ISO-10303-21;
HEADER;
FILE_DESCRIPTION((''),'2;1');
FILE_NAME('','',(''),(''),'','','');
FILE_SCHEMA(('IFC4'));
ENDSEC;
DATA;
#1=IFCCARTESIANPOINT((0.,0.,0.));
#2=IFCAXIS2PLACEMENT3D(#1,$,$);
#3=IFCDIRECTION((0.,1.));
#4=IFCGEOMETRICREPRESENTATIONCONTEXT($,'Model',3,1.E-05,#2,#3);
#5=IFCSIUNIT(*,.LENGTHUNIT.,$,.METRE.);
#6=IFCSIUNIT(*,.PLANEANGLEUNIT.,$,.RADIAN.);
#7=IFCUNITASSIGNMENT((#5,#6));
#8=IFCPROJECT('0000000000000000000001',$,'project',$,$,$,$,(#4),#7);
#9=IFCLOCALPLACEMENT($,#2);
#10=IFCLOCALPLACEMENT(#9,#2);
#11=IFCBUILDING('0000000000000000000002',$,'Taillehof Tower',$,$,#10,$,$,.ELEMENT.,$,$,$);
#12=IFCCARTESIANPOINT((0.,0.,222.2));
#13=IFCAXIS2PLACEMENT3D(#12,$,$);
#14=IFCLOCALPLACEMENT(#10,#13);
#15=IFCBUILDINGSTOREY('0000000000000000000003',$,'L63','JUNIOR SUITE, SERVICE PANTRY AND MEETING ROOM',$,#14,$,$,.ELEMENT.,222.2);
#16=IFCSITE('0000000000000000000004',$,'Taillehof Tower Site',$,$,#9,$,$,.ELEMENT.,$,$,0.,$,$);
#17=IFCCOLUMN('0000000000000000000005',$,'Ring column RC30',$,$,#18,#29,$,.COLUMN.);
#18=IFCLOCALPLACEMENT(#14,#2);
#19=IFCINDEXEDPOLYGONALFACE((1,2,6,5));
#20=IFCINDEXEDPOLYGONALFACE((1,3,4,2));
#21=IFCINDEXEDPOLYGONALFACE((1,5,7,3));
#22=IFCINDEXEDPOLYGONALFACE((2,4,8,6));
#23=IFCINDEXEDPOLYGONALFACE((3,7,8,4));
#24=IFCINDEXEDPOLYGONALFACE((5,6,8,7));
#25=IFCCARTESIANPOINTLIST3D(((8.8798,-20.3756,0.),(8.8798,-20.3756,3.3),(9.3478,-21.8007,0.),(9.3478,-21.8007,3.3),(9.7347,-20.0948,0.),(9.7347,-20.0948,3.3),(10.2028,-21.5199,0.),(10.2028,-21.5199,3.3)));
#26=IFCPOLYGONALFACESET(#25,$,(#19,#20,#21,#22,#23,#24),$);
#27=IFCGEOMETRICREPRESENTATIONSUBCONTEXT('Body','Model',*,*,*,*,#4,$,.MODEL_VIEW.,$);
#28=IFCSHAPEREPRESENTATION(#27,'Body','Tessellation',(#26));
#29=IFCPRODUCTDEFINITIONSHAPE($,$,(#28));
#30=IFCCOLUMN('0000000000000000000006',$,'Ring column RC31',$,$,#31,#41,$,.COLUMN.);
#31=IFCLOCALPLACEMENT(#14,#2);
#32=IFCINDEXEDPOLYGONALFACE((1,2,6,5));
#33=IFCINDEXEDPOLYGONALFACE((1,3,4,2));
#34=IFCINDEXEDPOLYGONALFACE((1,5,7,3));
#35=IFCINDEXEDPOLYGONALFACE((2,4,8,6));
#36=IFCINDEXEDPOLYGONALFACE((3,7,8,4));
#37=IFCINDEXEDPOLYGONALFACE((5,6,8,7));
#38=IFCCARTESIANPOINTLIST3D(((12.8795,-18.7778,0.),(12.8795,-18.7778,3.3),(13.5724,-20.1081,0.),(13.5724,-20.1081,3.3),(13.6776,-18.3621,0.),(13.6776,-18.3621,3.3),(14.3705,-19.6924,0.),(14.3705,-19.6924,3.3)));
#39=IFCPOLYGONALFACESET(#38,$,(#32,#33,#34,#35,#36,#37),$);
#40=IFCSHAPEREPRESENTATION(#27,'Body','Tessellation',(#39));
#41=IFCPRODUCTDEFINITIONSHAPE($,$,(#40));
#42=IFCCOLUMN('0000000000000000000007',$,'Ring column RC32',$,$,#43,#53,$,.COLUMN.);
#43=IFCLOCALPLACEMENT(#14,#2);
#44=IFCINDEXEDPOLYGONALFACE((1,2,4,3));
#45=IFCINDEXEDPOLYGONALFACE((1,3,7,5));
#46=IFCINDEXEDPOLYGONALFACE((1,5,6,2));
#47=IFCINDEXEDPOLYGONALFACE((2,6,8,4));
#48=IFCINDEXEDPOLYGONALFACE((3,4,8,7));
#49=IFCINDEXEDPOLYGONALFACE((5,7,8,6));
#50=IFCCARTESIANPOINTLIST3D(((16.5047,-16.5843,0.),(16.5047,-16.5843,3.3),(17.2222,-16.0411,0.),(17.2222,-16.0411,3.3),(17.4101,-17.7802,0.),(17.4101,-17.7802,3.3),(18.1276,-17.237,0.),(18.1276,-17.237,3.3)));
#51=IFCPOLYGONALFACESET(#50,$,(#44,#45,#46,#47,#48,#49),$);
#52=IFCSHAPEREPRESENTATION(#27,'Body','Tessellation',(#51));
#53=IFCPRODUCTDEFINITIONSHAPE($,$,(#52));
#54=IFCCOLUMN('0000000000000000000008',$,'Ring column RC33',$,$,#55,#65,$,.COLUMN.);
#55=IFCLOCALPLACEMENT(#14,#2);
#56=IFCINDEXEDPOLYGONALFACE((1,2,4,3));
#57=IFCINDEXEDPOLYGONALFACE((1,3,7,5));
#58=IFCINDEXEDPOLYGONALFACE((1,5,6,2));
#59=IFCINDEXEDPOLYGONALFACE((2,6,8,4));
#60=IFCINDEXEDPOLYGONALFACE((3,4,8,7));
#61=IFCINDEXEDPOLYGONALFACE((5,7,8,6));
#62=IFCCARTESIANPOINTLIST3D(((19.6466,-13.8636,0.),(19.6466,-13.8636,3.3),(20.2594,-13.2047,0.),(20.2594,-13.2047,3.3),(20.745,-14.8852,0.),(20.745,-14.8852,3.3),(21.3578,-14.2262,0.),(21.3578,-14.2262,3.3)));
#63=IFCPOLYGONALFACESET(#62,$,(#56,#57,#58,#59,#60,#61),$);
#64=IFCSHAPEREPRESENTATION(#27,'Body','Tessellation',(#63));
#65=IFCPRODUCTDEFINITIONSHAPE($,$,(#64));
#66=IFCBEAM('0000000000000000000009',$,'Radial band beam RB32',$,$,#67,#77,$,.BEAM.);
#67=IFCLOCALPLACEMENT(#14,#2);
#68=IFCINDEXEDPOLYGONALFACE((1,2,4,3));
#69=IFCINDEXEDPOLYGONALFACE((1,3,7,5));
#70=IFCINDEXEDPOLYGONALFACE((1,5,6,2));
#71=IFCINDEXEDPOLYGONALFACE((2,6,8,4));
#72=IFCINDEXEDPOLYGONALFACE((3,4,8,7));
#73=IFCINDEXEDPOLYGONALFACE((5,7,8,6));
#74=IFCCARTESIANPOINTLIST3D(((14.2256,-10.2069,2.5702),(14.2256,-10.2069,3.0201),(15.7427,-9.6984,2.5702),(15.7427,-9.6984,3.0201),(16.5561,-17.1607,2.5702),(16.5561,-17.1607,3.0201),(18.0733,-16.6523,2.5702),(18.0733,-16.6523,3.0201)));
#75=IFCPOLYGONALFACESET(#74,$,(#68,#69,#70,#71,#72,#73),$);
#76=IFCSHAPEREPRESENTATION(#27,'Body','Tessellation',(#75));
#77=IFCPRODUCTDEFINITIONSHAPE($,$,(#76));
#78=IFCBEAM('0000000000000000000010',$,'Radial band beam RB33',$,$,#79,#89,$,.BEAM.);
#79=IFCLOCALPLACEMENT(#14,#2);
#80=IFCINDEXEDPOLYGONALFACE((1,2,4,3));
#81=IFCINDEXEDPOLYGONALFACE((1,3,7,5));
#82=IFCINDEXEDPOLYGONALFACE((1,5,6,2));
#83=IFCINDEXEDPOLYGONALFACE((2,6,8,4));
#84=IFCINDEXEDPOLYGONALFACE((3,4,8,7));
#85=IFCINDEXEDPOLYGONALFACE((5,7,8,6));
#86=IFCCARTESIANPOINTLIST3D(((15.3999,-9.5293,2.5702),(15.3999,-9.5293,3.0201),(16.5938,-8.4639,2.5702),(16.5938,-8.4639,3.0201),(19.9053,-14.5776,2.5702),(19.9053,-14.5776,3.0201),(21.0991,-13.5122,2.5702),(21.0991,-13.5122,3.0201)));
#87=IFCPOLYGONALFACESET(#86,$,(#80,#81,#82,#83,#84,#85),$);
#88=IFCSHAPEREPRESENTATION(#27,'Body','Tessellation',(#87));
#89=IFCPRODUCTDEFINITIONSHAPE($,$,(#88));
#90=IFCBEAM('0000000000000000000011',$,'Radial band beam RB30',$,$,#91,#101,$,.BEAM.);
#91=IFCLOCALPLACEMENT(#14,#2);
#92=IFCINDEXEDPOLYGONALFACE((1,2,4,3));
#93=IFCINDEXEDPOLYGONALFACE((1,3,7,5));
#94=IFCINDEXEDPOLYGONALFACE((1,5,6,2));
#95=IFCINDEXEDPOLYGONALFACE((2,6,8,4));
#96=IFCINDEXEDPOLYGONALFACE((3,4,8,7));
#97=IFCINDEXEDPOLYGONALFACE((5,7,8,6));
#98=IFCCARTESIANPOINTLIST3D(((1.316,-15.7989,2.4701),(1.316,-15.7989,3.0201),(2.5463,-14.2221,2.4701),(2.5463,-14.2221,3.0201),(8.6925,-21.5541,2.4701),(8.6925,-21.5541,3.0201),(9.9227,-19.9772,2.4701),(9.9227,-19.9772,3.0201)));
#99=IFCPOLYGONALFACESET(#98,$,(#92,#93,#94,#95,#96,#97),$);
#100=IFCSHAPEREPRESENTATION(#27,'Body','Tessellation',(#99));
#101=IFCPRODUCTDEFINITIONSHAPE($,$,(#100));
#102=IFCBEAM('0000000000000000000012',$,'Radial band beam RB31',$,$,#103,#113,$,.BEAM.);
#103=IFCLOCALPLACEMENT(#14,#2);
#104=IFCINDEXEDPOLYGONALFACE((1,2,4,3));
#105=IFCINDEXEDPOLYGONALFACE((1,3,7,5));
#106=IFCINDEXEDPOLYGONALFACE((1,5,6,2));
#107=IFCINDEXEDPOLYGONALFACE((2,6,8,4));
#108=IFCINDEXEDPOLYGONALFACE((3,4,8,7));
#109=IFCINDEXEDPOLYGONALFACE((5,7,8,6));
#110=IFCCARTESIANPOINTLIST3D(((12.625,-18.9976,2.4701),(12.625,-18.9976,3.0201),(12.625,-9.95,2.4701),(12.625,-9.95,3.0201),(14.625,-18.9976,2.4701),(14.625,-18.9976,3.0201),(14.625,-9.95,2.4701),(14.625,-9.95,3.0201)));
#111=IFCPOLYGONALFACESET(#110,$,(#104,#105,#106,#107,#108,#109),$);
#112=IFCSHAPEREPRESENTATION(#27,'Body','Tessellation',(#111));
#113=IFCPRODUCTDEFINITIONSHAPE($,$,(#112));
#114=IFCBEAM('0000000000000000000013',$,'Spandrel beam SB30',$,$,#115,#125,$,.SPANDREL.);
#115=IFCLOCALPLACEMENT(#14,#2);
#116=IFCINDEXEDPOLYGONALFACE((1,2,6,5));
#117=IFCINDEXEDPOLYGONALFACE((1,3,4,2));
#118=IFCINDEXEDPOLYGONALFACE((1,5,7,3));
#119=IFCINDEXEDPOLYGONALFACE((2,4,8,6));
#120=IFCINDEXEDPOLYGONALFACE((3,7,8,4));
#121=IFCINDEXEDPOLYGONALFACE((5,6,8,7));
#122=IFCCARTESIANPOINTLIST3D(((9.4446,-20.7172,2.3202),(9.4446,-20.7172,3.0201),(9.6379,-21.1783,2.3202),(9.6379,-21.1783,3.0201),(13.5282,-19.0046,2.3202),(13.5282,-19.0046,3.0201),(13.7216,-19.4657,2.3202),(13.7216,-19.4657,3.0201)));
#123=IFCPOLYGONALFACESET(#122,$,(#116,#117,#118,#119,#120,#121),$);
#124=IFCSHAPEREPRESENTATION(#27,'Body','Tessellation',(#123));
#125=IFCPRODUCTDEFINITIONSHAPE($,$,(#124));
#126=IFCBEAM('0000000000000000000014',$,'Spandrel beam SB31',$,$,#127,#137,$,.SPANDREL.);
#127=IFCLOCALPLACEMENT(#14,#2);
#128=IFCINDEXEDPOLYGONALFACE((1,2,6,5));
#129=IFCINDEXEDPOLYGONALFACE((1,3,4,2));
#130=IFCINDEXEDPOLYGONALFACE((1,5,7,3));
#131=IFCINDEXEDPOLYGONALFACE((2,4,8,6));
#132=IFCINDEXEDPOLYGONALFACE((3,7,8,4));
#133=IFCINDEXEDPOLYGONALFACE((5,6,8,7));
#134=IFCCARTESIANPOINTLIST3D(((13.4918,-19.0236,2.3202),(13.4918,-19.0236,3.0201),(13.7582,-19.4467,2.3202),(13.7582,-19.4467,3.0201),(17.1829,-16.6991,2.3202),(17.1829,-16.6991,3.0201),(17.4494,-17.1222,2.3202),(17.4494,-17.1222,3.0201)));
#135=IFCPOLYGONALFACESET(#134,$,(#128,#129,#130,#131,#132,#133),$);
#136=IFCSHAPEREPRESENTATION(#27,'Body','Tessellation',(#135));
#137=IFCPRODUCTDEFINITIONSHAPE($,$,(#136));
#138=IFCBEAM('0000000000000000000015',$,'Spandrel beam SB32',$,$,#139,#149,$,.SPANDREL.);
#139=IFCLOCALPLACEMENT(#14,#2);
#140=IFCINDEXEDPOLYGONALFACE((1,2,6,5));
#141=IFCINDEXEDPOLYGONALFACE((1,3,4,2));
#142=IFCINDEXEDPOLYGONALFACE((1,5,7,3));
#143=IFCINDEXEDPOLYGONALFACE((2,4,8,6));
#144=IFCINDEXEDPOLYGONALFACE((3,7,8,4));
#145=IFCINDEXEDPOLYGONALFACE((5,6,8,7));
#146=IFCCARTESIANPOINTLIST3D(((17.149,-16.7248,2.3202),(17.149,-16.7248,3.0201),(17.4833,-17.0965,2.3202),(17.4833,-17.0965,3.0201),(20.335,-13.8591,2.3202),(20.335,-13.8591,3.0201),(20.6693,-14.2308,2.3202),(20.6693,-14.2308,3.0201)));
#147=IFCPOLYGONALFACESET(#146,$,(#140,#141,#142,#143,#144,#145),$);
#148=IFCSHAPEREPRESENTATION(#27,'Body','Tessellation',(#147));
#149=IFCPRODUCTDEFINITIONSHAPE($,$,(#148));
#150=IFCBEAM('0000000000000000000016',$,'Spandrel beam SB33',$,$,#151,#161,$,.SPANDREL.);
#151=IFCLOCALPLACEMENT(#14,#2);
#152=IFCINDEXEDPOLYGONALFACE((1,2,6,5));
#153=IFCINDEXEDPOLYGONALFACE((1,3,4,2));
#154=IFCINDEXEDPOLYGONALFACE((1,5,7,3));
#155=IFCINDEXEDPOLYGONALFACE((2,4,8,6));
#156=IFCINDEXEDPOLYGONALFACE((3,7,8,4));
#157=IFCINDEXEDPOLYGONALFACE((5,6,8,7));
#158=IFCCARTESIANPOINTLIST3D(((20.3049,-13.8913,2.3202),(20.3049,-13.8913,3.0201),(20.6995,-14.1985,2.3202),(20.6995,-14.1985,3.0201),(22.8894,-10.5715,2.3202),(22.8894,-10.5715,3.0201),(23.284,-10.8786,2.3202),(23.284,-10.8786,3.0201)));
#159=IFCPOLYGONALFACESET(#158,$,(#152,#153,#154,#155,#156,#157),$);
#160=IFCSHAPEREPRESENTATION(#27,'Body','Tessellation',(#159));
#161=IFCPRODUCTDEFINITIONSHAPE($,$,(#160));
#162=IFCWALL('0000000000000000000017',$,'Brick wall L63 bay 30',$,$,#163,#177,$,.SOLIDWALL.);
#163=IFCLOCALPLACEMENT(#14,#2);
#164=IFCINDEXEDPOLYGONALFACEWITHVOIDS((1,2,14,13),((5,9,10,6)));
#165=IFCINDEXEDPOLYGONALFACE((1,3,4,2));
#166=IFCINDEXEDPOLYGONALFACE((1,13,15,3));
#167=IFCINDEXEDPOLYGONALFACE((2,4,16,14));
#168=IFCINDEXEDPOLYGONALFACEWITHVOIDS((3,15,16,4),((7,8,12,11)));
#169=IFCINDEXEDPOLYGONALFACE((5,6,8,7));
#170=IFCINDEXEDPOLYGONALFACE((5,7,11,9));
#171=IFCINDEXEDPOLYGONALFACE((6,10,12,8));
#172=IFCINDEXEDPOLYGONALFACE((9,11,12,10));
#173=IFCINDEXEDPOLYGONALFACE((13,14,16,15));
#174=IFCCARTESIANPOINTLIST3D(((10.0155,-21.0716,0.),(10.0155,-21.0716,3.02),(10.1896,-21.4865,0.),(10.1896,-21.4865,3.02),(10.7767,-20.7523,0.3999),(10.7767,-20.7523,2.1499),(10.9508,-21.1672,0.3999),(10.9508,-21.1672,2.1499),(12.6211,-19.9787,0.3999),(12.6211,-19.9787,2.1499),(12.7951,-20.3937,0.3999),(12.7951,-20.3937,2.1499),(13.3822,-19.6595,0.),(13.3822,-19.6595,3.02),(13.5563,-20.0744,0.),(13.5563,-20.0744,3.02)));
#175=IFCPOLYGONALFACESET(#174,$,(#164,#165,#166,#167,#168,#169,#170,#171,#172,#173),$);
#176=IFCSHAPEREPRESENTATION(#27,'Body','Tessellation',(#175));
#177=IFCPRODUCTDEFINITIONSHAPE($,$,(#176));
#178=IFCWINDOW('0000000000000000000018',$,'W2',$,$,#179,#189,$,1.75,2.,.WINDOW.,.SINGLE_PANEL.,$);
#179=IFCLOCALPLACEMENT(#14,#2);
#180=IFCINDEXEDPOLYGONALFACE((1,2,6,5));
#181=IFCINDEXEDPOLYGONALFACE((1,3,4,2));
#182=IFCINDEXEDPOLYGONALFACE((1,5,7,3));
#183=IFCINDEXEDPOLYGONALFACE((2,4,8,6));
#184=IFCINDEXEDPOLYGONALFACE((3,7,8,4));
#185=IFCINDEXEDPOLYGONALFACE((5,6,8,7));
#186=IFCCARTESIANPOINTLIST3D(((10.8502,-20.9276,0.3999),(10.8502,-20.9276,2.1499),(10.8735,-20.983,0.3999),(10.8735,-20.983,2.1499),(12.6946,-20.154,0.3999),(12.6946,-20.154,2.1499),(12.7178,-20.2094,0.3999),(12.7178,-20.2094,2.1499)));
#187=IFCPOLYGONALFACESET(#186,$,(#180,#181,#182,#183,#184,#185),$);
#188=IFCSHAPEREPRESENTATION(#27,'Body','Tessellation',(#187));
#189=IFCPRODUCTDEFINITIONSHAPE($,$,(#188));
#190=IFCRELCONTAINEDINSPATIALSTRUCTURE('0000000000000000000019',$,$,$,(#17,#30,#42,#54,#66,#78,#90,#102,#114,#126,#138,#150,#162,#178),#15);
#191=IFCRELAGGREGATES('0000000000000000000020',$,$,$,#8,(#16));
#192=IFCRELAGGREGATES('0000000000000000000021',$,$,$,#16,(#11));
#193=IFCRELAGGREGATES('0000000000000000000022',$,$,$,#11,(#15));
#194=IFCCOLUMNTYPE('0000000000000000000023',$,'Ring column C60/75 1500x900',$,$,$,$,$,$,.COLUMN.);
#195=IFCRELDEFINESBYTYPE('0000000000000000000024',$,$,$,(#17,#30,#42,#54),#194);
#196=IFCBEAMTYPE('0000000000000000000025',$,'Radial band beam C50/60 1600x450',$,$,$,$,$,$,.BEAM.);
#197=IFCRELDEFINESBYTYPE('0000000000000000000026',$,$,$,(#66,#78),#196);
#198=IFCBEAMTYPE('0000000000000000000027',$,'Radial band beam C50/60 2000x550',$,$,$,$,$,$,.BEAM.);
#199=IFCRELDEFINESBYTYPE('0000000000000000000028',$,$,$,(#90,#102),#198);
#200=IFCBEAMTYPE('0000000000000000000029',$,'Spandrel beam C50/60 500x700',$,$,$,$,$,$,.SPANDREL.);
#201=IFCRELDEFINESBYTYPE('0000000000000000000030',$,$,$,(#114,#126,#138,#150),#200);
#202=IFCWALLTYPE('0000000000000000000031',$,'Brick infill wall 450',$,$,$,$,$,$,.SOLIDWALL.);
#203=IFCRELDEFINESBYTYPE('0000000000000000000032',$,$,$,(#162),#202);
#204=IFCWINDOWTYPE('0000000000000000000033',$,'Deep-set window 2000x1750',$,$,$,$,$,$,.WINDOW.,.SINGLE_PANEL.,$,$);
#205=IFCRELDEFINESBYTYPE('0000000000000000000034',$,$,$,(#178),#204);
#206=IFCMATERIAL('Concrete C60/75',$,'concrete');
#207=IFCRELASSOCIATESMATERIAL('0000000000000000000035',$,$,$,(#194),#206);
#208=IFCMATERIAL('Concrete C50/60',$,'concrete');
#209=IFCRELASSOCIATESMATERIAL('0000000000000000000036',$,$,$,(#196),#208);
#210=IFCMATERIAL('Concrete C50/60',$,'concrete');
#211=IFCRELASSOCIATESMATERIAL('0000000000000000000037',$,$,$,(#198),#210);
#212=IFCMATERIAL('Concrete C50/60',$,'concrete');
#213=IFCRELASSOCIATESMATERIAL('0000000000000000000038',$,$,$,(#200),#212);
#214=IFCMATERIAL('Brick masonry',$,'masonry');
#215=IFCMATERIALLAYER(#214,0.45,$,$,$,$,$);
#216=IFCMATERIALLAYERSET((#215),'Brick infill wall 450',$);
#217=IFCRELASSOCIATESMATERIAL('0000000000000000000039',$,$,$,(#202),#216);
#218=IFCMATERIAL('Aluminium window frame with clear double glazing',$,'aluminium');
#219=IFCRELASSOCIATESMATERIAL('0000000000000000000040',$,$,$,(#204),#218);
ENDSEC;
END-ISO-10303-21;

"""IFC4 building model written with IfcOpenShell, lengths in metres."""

from ifc_helpers import new_model, si_unit, direction, frame, frame_2d, origin, origin_2d, place, context, subcontext, project, spatial, rectangle, extrude, material, layer, layer_set, material_profile, profile_set, type_object, element, fill, save


model = new_model("IFC4")

# Units and contexts
model_context = context("Model", 3, precision=1e-05, world=origin(), true_north=direction((0.0, 1.0)))
body_context = subcontext(model_context, "Body", "Model", "MODEL_VIEW")
ifc_project = project(units=[si_unit("LENGTHUNIT", "METRE"), si_unit("PLANEANGLEUNIT", "RADIAN")], contexts=[model_context])

# Site, building, storey
site_placement = place(None, origin())
site = spatial("IfcSite", under=ifc_project, at=site_placement, Name="Taillehof Tower Site", CompositionType="ELEMENT", RefElevation=0.0)
building_placement = place(site_placement, origin())
building = spatial("IfcBuilding", under=site, at=building_placement, Name="Taillehof Tower", CompositionType="ELEMENT")
storey_placement = place(building_placement, frame((0.0, 0.0, 222.2)))
storey = spatial("IfcBuildingStorey", under=building, at=storey_placement, Name="L63", Description="JUNIOR SUITE, SERVICE PANTRY AND MEETING ROOM", CompositionType="ELEMENT", Elevation=222.2)

# Columns
ifc_material_1 = material(Name="Concrete C60/75", Category="concrete")
ifc_material_profile_1 = material_profile(ifc_material_1, rectangle(XDim=1.5, YDim=0.8999, at=origin_2d()), Name="RC 1500x900")
ifc_profile_set_1 = profile_set([ifc_material_profile_1], Name="Concrete C60/75")
column_type = type_object("IfcColumnType", Name="Ring column C60/75 1500x900", PredefinedType="COLUMN", material=ifc_profile_set_1)
for number, where, z_axis, x_axis, name in (
    (1, (9.5413, -20.9478, 0.0), (0.0, 0.0, 1.0), (0.312001, -0.950082, 0.0), "Ring column RC30"),
    (2, (13.625, -19.2351, 0.0), (0.0, 0.0, 1.0), (0.461993, -0.886883, 0.0), "Ring column RC31"),
    (3, (17.3162, -16.9106, 0.0), (0.0, 0.0, 1.0), (0.603608, -0.797281, 0.0), "Ring column RC32"),
    (4, (20.5022, -14.0449, 0.0), (0.0, 0.0, 1.0), (0.732271, -0.681013, 0.0), "Ring column RC33"),
):
    element("IfcColumn", number, at=place(storey_placement, frame(where, z_axis=z_axis, x_axis=x_axis)), inside=storey, type_object=column_type, Name=name, PredefinedType="COLUMN", context=body_context, shape_type="SweptSolid", body=[
        extrude(rectangle(XDim=1.5, YDim=0.8999, at=origin_2d()), origin(), (0.0, 0.0, 1.0), 3.3),
    ])

# Beams
ifc_material_2 = material(Name="Concrete C50/60", Category="concrete")
ifc_material_profile_2 = material_profile(ifc_material_2, rectangle(XDim=1.6001, YDim=0.45, at=origin_2d()), Name="RC 1600x450")
ifc_profile_set_2 = profile_set([ifc_material_profile_2], Name="Concrete C50/60")
beam_type_1 = type_object("IfcBeamType", Name="Radial band beam C50/60 1600x450", PredefinedType="BEAM", material=ifc_profile_set_2)
beam_1_placement = place(storey_placement, frame((17.3147, -16.9065, 2.7952), z_axis=(-0.317775, 0.948166, 0.0), x_axis=(-0.948166, -0.317775, 0.0)))
element("IfcBeam", 5, at=beam_1_placement, inside=storey, type_object=beam_type_1, Name="Radial band beam RB32", PredefinedType="BEAM", context=body_context, shape_type="SweptSolid", body=[
    extrude(rectangle(XDim=1.6001, YDim=0.45, at=origin_2d()), origin(), (0.0, 0.0, 1.0), 7.334),
])
beam_2_placement = place(storey_placement, frame((20.5022, -14.0449, 2.7952), z_axis=(-0.665845, 0.74609, 0.0), x_axis=(-0.74609, -0.665845, 0.0)))
element("IfcBeam", 6, at=beam_2_placement, inside=storey, type_object=beam_type_1, Name="Radial band beam RB33", PredefinedType="BEAM", context=body_context, shape_type="SweptSolid", body=[
    extrude(rectangle(XDim=1.6001, YDim=0.45, at=origin_2d()), origin(), (0.0, 0.0, 1.0), 6.7664),
])
ifc_material_3 = material(Name="Concrete C50/60", Category="concrete")
ifc_material_profile_3 = material_profile(ifc_material_3, rectangle(XDim=2.0, YDim=0.55, at=origin_2d()), Name="RC 2000x550")
ifc_profile_set_3 = profile_set([ifc_material_profile_3], Name="Concrete C50/60")
beam_type_2 = type_object("IfcBeamType", Name="Radial band beam C50/60 2000x550", PredefinedType="BEAM", material=ifc_profile_set_3)
beam_3_placement = place(storey_placement, frame((9.3076, -20.7656, 2.7451), z_axis=(-0.788425, 0.61513, 0.0), x_axis=(-0.61513, -0.788425, 0.0)))
element("IfcBeam", 7, at=beam_3_placement, inside=storey, type_object=beam_type_2, Name="Radial band beam RB30", PredefinedType="BEAM", context=body_context, shape_type="SweptSolid", body=[
    extrude(rectangle(XDim=2.0, YDim=0.55, at=origin_2d()), origin(), (0.0, 0.0, 1.0), 9.356),
])
beam_4_placement = place(storey_placement, frame((13.625, -18.9976, 2.7451), z_axis=(0.0, 1.0, 0.0), x_axis=(-1.0, 0.0, 0.0)))
element("IfcBeam", 8, at=beam_4_placement, inside=storey, type_object=beam_type_2, Name="Radial band beam RB31", PredefinedType="BEAM", context=body_context, shape_type="SweptSolid", body=[
    extrude(rectangle(XDim=2.0, YDim=0.55, at=origin_2d()), origin(), (0.0, 0.0, 1.0), 9.0476),
])
ifc_material_4 = material(Name="Concrete C50/60", Category="concrete")
ifc_material_profile_4 = material_profile(ifc_material_4, rectangle(XDim=0.5, YDim=0.7, at=origin_2d()), Name="RC 500x700")
ifc_profile_set_4 = profile_set([ifc_material_profile_4], Name="Concrete C50/60")
beam_type_3 = type_object("IfcBeamType", Name="Spandrel beam C50/60 500x700", PredefinedType="SPANDREL", material=ifc_profile_set_4)
beam_5_placement = place(storey_placement, frame((9.5413, -20.9478, 2.6702), z_axis=(0.922186, 0.386748, 0.0), x_axis=(-0.386748, 0.922186, 0.0)))
element("IfcBeam", 9, at=beam_5_placement, inside=storey, type_object=beam_type_3, Name="Spandrel beam SB30", PredefinedType="SPANDREL", context=body_context, shape_type="SweptSolid", body=[
    extrude(rectangle(XDim=0.5, YDim=0.7, at=origin_2d()), origin(), (0.0, 0.0, 1.0), 4.4282),
])
beam_6_placement = place(storey_placement, frame((13.625, -19.2351, 2.6702), z_axis=(0.846192, 0.532879, 0.0), x_axis=(-0.532879, 0.846192, 0.0)))
element("IfcBeam", 10, at=beam_6_placement, inside=storey, type_object=beam_type_3, Name="Spandrel beam SB31", PredefinedType="SPANDREL", context=body_context, shape_type="SweptSolid", body=[
    extrude(rectangle(XDim=0.5, YDim=0.7, at=origin_2d()), origin(), (0.0, 0.0, 1.0), 4.3621),
])
beam_7_placement = place(storey_placement, frame((17.3162, -16.9106, 2.6702), z_axis=(0.743492, 0.668744, 0.0), x_axis=(-0.668744, 0.743492, 0.0)))
element("IfcBeam", 11, at=beam_7_placement, inside=storey, type_object=beam_type_3, Name="Spandrel beam SB32", PredefinedType="SPANDREL", context=body_context, shape_type="SweptSolid", body=[
    extrude(rectangle(XDim=0.5, YDim=0.7, at=origin_2d()), origin(), (0.0, 0.0, 1.0), 4.2852),
])
beam_8_placement = place(storey_placement, frame((20.5022, -14.0449, 2.6702), z_axis=(0.614294, 0.789077, 0.0), x_axis=(-0.789077, 0.614294, 0.0)))
element("IfcBeam", 12, at=beam_8_placement, inside=storey, type_object=beam_type_3, Name="Spandrel beam SB33", PredefinedType="SPANDREL", context=body_context, shape_type="SweptSolid", body=[
    extrude(rectangle(XDim=0.5, YDim=0.7, at=origin_2d()), origin(), (0.0, 0.0, 1.0), 4.2073),
])

# Wall, opening, window
ifc_material_5 = material(Name="Brick masonry", Category="masonry")
ifc_layer_1 = layer(ifc_material_5, 0.45)
ifc_layer_set_1 = layer_set([ifc_layer_1], Name="Brick infill wall 450")
wall_type_1 = type_object("IfcWallType", Name="Brick infill wall 450", PredefinedType="SOLIDWALL", material=ifc_layer_set_1)
wall_1_placement = place(storey_placement, frame((10.1025, -21.2791, 0.0), z_axis=(0.0, 0.0, 1.0), x_axis=(0.922168, 0.386789, 0.0)))
wall_1 = element("IfcWall", 13, at=wall_1_placement, inside=storey, type_object=wall_type_1, Name="Brick wall L63 bay 30", PredefinedType="SOLIDWALL", context=body_context, shape_type="SweptSolid", body=[
    extrude(rectangle(XDim=3.6509, YDim=0.45, at=frame_2d((1.8254, 0.0))), origin(), (0.0, 0.0, 1.0), 3.02),
])
opening_1_placement = place(wall_1_placement, frame((0.8254, 0.0, 0.3999)))
opening_1 = element("IfcOpeningElement", 14, at=opening_1_placement, cuts=wall_1, PredefinedType="OPENING", context=body_context, shape_type="SweptSolid", body=[
    extrude(rectangle(XDim=2.0, YDim=1.75, at=frame_2d((1.0, 0.875))), frame((0.0, 0.2349, 0.0), z_axis=(0.0, -1.0, 0.0), x_axis=(1.0, 0.0, 0.0)), (0.0, 0.0, 1.0), 0.47),
])
ifc_material_6 = material(Name="Aluminium window frame with clear double glazing", Category="aluminium")
window_type = type_object("IfcWindowType", Name="Deep-set window 2000x1750", PartitioningType="SINGLE_PANEL", PredefinedType="WINDOW", material=ifc_material_6)
window_1_placement = place(opening_1_placement, origin())
window_1 = element("IfcWindow", 15, at=window_1_placement, inside=storey, type_object=window_type, Name="W2", OverallHeight=1.75, OverallWidth=2.0, PartitioningType="SINGLE_PANEL", PredefinedType="WINDOW", context=body_context, shape_type="SweptSolid", body=[
    extrude(rectangle(XDim=2.0, YDim=1.75, at=frame_2d((1.0, 0.875))), frame((0.0, 0.0349, 0.0), z_axis=(0.0, -1.0, 0.0), x_axis=(1.0, 0.0, 0.0)), (0.0, 0.0, 1.0), 0.0601),
])
fill(opening_1, window_1)

save(model, "model.ifc")
